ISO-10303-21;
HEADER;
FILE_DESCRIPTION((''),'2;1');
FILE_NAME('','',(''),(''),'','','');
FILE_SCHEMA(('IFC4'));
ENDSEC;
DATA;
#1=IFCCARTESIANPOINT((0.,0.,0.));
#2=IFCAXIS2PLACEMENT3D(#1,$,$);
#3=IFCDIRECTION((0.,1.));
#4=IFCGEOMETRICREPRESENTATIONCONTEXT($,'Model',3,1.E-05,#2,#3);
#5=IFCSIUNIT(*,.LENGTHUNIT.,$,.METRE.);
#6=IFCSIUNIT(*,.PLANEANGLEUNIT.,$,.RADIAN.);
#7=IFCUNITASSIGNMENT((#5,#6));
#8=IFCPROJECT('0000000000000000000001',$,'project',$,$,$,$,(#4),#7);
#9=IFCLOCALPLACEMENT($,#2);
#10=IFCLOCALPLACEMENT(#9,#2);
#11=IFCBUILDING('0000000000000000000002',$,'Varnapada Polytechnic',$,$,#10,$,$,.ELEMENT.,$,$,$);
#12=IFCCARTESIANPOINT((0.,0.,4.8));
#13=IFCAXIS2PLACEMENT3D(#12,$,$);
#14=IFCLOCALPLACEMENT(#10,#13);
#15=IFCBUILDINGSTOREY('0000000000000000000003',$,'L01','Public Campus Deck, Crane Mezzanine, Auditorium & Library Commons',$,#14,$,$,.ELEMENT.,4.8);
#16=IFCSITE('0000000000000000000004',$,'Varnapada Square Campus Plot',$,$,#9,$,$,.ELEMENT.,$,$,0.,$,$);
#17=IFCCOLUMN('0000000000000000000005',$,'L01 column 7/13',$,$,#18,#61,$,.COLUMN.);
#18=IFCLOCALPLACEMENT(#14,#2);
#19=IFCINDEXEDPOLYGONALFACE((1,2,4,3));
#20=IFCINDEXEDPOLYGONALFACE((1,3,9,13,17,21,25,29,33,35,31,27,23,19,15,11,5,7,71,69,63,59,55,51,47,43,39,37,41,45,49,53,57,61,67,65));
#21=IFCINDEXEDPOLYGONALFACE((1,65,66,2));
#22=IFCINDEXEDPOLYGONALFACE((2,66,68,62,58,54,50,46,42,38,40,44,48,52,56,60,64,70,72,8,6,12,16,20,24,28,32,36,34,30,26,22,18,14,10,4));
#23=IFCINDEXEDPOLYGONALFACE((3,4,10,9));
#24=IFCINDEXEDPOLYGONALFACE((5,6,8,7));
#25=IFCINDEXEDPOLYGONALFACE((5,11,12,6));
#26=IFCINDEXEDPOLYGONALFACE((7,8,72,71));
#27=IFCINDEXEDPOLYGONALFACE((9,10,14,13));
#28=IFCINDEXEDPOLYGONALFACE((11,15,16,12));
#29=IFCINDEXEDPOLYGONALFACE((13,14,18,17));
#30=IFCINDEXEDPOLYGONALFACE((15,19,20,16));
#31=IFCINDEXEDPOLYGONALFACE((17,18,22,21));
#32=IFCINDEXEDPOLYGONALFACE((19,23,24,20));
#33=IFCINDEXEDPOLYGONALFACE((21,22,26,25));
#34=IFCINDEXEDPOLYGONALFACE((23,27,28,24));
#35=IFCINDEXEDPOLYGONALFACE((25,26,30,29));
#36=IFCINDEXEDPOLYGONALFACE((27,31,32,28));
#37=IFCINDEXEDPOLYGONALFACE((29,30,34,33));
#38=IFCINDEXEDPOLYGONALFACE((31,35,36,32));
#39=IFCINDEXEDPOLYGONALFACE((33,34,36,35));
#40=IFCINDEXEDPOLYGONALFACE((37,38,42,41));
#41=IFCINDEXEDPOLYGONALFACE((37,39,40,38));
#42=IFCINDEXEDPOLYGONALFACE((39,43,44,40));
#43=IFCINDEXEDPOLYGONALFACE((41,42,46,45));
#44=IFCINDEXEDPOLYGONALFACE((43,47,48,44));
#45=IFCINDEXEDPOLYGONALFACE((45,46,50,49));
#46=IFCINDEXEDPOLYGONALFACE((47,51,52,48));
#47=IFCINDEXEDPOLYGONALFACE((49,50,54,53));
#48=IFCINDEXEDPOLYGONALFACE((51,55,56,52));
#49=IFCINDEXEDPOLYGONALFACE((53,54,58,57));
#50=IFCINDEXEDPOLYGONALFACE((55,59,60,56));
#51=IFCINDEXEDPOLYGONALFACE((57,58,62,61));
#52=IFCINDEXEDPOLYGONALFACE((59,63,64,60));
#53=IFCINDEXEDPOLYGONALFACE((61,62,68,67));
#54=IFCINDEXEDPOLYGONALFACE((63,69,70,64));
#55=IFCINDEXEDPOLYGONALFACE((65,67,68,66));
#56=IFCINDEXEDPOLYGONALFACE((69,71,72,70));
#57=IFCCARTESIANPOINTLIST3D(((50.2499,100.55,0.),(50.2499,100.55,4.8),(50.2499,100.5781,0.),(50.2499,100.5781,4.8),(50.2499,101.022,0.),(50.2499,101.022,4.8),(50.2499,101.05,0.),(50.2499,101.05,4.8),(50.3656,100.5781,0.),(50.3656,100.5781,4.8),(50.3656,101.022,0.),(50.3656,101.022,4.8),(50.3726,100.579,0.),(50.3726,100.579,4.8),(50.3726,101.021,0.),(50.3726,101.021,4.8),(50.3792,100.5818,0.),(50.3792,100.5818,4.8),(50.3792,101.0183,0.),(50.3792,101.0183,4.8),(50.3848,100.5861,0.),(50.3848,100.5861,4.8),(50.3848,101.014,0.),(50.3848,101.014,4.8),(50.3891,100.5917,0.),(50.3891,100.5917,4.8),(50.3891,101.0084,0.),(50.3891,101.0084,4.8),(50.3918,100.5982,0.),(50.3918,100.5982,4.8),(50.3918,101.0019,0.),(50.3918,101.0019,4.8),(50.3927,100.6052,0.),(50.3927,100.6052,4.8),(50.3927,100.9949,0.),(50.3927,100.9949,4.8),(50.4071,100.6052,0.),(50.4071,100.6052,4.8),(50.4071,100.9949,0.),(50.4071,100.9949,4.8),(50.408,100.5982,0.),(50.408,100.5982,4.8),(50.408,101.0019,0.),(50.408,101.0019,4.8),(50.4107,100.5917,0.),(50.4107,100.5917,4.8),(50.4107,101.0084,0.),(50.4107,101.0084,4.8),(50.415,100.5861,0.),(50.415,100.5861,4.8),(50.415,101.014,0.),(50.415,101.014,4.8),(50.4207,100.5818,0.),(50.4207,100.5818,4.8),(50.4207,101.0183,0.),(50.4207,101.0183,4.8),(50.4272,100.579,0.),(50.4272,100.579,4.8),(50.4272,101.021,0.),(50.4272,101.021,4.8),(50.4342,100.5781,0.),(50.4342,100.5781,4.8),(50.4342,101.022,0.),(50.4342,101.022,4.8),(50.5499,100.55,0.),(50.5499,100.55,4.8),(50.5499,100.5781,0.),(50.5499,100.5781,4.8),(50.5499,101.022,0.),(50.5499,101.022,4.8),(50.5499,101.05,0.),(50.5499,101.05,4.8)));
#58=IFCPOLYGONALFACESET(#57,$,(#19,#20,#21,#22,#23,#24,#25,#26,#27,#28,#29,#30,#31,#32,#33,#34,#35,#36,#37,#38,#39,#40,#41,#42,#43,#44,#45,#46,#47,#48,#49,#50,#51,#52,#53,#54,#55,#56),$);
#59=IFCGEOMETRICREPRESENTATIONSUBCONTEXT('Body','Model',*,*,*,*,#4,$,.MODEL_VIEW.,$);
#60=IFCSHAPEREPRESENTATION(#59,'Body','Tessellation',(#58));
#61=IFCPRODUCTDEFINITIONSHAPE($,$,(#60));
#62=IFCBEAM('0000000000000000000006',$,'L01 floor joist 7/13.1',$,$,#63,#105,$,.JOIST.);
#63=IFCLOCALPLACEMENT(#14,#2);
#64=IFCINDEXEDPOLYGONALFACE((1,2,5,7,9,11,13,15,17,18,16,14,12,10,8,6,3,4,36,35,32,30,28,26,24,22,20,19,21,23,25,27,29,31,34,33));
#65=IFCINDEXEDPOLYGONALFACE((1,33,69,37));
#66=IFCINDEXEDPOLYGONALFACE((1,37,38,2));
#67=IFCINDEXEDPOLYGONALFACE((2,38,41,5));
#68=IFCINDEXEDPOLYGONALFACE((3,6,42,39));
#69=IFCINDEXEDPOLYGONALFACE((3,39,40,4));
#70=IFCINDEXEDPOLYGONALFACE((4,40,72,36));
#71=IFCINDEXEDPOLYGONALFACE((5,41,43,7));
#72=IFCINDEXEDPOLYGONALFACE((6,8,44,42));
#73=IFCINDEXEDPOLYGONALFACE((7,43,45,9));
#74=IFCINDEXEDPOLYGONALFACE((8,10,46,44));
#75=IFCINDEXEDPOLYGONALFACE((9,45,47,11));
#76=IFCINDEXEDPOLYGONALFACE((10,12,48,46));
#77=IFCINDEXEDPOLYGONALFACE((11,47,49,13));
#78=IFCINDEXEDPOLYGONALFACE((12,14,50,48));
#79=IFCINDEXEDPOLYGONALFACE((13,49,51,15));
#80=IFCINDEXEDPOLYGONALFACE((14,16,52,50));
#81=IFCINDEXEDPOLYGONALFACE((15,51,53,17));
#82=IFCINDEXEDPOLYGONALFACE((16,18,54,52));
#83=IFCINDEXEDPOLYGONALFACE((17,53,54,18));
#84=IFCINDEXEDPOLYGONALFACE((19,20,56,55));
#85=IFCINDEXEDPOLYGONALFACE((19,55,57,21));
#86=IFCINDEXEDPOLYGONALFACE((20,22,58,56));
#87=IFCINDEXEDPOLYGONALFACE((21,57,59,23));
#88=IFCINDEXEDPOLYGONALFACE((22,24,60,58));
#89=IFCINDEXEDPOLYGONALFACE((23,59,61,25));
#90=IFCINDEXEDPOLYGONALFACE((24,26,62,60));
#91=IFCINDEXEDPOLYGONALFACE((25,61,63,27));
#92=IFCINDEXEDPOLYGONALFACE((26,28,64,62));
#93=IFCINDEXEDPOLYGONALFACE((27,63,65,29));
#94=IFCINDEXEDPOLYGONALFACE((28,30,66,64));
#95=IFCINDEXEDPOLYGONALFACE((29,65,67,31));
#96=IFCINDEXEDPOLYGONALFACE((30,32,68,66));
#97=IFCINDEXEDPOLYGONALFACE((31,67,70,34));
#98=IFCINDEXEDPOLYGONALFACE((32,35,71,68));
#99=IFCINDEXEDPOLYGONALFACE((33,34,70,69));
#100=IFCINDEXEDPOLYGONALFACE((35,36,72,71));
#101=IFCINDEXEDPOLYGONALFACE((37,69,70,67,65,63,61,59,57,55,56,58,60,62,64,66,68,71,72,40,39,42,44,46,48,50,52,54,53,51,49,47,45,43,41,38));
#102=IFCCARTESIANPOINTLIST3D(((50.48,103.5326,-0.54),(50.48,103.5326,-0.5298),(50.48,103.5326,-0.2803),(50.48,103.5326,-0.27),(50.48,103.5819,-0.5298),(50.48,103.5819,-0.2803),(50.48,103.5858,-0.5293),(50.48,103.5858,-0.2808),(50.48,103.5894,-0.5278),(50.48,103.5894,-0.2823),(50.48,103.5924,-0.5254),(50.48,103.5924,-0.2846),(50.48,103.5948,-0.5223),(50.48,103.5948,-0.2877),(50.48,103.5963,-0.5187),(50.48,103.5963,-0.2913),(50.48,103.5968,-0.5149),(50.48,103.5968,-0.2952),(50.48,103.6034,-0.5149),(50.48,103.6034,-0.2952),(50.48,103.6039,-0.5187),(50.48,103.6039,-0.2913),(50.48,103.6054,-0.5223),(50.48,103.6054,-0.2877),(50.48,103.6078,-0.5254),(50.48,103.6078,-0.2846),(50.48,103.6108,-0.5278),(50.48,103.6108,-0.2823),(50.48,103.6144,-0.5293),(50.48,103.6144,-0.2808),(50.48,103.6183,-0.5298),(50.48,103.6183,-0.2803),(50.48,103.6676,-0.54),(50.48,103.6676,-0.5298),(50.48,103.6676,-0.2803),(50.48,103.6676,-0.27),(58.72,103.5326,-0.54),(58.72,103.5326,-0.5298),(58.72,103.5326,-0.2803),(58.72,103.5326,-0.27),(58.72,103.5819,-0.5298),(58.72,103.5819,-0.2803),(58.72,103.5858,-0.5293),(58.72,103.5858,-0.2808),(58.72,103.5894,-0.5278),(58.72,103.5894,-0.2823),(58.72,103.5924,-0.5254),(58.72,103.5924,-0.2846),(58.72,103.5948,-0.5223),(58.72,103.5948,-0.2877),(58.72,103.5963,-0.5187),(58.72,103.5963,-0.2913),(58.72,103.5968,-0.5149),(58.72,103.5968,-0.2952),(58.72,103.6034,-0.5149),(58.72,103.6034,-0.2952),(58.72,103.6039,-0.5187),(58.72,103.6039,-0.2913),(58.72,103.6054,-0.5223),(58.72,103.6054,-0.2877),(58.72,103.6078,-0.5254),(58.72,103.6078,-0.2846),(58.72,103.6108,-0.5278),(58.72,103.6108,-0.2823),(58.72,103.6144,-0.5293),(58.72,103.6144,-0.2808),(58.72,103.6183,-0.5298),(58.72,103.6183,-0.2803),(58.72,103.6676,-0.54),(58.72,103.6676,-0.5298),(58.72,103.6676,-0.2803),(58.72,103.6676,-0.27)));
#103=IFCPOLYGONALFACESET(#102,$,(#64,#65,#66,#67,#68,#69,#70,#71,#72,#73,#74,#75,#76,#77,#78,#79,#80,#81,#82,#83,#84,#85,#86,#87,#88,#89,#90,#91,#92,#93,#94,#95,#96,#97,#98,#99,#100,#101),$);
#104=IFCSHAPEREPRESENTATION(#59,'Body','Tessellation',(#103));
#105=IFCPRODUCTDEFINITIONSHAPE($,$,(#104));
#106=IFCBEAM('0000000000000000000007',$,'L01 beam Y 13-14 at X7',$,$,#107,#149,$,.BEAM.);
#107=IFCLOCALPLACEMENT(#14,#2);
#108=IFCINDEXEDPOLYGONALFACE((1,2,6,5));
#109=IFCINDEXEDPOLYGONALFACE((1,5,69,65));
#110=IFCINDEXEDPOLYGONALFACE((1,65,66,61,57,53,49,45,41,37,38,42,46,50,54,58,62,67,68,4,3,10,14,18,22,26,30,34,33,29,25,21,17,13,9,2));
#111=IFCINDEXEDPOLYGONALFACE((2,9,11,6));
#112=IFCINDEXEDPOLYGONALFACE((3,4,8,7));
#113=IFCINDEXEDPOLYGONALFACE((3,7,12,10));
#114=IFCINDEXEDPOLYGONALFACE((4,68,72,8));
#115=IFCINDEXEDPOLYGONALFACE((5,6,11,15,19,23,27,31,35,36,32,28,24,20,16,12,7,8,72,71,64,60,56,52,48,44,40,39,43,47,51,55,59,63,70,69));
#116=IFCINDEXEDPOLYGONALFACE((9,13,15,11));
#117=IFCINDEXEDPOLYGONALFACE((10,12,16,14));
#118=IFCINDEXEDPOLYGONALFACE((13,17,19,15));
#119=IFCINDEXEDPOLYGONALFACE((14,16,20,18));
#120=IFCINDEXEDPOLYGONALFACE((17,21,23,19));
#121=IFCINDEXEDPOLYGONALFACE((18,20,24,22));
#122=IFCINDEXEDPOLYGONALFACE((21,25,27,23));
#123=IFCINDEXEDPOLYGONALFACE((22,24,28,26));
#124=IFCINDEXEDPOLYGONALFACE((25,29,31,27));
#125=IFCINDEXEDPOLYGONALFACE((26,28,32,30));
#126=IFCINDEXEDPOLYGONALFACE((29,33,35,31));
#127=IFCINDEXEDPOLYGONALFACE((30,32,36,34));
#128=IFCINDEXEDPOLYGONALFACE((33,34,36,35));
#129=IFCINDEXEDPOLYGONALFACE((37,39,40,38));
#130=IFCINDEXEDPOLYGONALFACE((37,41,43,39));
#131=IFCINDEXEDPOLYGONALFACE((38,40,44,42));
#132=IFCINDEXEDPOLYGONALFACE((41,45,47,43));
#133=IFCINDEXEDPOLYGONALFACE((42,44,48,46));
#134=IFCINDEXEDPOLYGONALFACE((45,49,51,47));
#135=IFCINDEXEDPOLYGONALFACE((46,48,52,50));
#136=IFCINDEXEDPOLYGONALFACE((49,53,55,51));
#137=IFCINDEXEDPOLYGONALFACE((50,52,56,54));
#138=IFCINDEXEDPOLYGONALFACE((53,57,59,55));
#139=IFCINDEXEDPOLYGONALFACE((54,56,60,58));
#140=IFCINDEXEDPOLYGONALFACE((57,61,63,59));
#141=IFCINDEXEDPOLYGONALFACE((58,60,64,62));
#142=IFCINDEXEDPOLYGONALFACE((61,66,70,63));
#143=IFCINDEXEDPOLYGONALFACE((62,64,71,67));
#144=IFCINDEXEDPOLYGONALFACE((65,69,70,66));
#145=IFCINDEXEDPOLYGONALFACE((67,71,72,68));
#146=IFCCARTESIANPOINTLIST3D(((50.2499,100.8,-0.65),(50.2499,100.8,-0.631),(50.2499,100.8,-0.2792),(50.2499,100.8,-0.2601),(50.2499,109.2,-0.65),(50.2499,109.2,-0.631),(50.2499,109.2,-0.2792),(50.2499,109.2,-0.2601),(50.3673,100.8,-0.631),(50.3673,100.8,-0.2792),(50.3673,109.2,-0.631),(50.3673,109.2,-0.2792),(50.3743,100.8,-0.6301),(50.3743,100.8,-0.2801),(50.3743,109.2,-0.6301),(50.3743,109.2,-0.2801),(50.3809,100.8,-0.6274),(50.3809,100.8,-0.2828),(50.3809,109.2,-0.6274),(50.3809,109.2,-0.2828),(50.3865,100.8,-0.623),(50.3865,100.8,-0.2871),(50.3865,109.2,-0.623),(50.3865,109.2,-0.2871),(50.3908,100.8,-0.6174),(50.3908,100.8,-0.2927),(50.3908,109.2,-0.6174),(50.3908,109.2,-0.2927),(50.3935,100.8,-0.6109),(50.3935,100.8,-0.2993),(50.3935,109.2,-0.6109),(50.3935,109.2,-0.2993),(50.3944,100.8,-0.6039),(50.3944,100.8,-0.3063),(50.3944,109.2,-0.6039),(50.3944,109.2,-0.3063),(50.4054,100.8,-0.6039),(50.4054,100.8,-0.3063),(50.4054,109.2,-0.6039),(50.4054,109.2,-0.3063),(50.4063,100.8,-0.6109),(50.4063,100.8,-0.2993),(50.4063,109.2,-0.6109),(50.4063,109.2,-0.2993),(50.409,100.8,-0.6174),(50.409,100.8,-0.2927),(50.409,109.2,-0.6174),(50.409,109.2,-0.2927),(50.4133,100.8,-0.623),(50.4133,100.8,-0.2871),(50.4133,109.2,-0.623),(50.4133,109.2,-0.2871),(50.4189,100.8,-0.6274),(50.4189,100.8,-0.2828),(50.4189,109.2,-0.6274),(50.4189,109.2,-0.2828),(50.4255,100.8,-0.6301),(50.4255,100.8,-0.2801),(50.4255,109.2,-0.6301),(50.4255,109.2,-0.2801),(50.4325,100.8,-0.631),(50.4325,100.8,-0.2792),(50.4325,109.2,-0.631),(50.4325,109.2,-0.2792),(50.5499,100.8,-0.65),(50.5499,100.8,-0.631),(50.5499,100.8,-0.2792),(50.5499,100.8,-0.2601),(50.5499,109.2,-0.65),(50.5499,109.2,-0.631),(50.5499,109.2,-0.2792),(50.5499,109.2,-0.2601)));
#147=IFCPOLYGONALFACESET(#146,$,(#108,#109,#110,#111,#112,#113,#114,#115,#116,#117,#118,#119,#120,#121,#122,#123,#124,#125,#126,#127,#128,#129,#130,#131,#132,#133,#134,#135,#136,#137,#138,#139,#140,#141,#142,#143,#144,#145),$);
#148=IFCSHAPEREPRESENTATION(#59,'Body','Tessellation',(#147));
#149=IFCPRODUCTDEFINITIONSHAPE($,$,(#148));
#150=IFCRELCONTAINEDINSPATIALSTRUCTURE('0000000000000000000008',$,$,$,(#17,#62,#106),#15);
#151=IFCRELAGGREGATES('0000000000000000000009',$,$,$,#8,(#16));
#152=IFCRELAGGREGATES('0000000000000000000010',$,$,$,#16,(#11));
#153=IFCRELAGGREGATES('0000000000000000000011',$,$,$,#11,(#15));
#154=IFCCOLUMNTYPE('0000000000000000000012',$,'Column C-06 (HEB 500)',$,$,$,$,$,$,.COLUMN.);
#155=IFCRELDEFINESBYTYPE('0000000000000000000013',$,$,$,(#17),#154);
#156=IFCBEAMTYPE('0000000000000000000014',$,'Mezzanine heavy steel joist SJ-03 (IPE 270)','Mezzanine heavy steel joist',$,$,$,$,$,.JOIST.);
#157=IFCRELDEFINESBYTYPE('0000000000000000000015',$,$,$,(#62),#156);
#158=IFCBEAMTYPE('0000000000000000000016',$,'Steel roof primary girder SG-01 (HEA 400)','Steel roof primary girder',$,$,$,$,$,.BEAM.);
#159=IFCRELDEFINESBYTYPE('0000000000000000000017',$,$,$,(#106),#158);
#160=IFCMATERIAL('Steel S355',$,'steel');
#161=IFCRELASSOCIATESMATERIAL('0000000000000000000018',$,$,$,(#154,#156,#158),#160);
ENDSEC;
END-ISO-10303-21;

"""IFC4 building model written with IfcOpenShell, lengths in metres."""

from ifc_helpers import new_model, si_unit, direction, frame, origin, origin_2d, place, context, subcontext, project, spatial, i_section, extrude, material, material_profile, profile_set, type_object, element, save


model = new_model("IFC4")

# Units and contexts
model_context = context("Model", 3, precision=1e-05, world=origin(), true_north=direction((0.0, 1.0)))
body_context = subcontext(model_context, "Body", "Model", "MODEL_VIEW")
ifc_project = project(units=[si_unit("LENGTHUNIT", "METRE"), si_unit("PLANEANGLEUNIT", "RADIAN")], contexts=[model_context])

# Site, building, storey
site_placement = place(None, origin())
site = spatial("IfcSite", under=ifc_project, at=site_placement, Name="Varnapada Square Campus Plot", CompositionType="ELEMENT", RefElevation=0.0)
building_placement = place(site_placement, origin())
building = spatial("IfcBuilding", under=site, at=building_placement, Name="Varnapada Polytechnic", CompositionType="ELEMENT")
storey_placement = place(building_placement, frame((0.0, 0.0, 4.8)))
storey = spatial("IfcBuildingStorey", under=building, at=storey_placement, Name="L01", Description="Public Campus Deck, Crane Mezzanine, Auditorium & Library Commons", CompositionType="ELEMENT", Elevation=4.8)

# Column
ifc_material_1 = material(Name="Steel S355", Category="steel")
ifc_material_profile_1 = material_profile(ifc_material_1, i_section(OverallWidth=0.3, OverallDepth=0.5, WebThickness=0.0144, FlangeThickness=0.0281, FilletRadius=0.0271, at=origin_2d()), Name="HEB 500")
ifc_profile_set_1 = profile_set([ifc_material_profile_1], Name="Steel S355")
column_type = type_object("IfcColumnType", Name="Column C-06 (HEB 500)", PredefinedType="COLUMN", material=ifc_profile_set_1)
column_placement = place(storey_placement, frame((50.3999, 100.8, 0.0), z_axis=(0.0, 0.0, 1.0), x_axis=(1.0, 0.0, 0.0)))
element("IfcColumn", 1, at=column_placement, inside=storey, type_object=column_type, Name="L01 column 7/13", PredefinedType="COLUMN", context=body_context, shape_type="SweptSolid", body=[
    extrude(i_section(OverallWidth=0.3, OverallDepth=0.5, WebThickness=0.0144, FlangeThickness=0.0281, FilletRadius=0.0271, at=origin_2d()), origin(), (0.0, 0.0, 1.0), 4.8),
])

# Beams
ifc_material_profile_2 = material_profile(ifc_material_1, i_section(OverallWidth=0.135, OverallDepth=0.27, WebThickness=0.0066, FlangeThickness=0.0103, FilletRadius=0.0149, at=origin_2d()), Name="IPE 270")
ifc_profile_set_2 = profile_set([ifc_material_profile_2], Name="Steel S355")
beam_type_1 = type_object("IfcBeamType", Name="Mezzanine heavy steel joist SJ-03 (IPE 270)", Description="Mezzanine heavy steel joist", PredefinedType="JOIST", material=ifc_profile_set_2)
beam_1_placement = place(storey_placement, frame((50.48, 103.6001, -0.405), z_axis=(1.0, 0.0, 0.0), x_axis=(0.0, 1.0, 0.0)))
element("IfcBeam", 2, at=beam_1_placement, inside=storey, type_object=beam_type_1, Name="L01 floor joist 7/13.1", PredefinedType="JOIST", context=body_context, shape_type="SweptSolid", body=[
    extrude(i_section(OverallWidth=0.135, OverallDepth=0.27, WebThickness=0.0066, FlangeThickness=0.0103, FilletRadius=0.0149, at=origin_2d()), origin(), (0.0, 0.0, 1.0), 8.24),
])
ifc_material_profile_3 = material_profile(ifc_material_1, i_section(OverallWidth=0.3, OverallDepth=0.3899, WebThickness=0.011, FlangeThickness=0.019, FilletRadius=0.0271, at=origin_2d()), Name="HEA 400")
ifc_profile_set_3 = profile_set([ifc_material_profile_3], Name="Steel S355")
beam_type_2 = type_object("IfcBeamType", Name="Steel roof primary girder SG-01 (HEA 400)", Description="Steel roof primary girder", PredefinedType="BEAM", material=ifc_profile_set_3)
beam_2_placement = place(storey_placement, frame((50.3999, 100.8, -0.4551), z_axis=(0.0, 1.0, 0.0), x_axis=(-1.0, 0.0, 0.0)))
element("IfcBeam", 3, at=beam_2_placement, inside=storey, type_object=beam_type_2, Name="L01 beam Y 13-14 at X7", PredefinedType="BEAM", context=body_context, shape_type="SweptSolid", body=[
    extrude(i_section(OverallWidth=0.3, OverallDepth=0.3899, WebThickness=0.011, FlangeThickness=0.019, FilletRadius=0.0271, at=origin_2d()), origin(), (0.0, 0.0, 1.0), 8.3999),
])

save(model, "model.ifc")
